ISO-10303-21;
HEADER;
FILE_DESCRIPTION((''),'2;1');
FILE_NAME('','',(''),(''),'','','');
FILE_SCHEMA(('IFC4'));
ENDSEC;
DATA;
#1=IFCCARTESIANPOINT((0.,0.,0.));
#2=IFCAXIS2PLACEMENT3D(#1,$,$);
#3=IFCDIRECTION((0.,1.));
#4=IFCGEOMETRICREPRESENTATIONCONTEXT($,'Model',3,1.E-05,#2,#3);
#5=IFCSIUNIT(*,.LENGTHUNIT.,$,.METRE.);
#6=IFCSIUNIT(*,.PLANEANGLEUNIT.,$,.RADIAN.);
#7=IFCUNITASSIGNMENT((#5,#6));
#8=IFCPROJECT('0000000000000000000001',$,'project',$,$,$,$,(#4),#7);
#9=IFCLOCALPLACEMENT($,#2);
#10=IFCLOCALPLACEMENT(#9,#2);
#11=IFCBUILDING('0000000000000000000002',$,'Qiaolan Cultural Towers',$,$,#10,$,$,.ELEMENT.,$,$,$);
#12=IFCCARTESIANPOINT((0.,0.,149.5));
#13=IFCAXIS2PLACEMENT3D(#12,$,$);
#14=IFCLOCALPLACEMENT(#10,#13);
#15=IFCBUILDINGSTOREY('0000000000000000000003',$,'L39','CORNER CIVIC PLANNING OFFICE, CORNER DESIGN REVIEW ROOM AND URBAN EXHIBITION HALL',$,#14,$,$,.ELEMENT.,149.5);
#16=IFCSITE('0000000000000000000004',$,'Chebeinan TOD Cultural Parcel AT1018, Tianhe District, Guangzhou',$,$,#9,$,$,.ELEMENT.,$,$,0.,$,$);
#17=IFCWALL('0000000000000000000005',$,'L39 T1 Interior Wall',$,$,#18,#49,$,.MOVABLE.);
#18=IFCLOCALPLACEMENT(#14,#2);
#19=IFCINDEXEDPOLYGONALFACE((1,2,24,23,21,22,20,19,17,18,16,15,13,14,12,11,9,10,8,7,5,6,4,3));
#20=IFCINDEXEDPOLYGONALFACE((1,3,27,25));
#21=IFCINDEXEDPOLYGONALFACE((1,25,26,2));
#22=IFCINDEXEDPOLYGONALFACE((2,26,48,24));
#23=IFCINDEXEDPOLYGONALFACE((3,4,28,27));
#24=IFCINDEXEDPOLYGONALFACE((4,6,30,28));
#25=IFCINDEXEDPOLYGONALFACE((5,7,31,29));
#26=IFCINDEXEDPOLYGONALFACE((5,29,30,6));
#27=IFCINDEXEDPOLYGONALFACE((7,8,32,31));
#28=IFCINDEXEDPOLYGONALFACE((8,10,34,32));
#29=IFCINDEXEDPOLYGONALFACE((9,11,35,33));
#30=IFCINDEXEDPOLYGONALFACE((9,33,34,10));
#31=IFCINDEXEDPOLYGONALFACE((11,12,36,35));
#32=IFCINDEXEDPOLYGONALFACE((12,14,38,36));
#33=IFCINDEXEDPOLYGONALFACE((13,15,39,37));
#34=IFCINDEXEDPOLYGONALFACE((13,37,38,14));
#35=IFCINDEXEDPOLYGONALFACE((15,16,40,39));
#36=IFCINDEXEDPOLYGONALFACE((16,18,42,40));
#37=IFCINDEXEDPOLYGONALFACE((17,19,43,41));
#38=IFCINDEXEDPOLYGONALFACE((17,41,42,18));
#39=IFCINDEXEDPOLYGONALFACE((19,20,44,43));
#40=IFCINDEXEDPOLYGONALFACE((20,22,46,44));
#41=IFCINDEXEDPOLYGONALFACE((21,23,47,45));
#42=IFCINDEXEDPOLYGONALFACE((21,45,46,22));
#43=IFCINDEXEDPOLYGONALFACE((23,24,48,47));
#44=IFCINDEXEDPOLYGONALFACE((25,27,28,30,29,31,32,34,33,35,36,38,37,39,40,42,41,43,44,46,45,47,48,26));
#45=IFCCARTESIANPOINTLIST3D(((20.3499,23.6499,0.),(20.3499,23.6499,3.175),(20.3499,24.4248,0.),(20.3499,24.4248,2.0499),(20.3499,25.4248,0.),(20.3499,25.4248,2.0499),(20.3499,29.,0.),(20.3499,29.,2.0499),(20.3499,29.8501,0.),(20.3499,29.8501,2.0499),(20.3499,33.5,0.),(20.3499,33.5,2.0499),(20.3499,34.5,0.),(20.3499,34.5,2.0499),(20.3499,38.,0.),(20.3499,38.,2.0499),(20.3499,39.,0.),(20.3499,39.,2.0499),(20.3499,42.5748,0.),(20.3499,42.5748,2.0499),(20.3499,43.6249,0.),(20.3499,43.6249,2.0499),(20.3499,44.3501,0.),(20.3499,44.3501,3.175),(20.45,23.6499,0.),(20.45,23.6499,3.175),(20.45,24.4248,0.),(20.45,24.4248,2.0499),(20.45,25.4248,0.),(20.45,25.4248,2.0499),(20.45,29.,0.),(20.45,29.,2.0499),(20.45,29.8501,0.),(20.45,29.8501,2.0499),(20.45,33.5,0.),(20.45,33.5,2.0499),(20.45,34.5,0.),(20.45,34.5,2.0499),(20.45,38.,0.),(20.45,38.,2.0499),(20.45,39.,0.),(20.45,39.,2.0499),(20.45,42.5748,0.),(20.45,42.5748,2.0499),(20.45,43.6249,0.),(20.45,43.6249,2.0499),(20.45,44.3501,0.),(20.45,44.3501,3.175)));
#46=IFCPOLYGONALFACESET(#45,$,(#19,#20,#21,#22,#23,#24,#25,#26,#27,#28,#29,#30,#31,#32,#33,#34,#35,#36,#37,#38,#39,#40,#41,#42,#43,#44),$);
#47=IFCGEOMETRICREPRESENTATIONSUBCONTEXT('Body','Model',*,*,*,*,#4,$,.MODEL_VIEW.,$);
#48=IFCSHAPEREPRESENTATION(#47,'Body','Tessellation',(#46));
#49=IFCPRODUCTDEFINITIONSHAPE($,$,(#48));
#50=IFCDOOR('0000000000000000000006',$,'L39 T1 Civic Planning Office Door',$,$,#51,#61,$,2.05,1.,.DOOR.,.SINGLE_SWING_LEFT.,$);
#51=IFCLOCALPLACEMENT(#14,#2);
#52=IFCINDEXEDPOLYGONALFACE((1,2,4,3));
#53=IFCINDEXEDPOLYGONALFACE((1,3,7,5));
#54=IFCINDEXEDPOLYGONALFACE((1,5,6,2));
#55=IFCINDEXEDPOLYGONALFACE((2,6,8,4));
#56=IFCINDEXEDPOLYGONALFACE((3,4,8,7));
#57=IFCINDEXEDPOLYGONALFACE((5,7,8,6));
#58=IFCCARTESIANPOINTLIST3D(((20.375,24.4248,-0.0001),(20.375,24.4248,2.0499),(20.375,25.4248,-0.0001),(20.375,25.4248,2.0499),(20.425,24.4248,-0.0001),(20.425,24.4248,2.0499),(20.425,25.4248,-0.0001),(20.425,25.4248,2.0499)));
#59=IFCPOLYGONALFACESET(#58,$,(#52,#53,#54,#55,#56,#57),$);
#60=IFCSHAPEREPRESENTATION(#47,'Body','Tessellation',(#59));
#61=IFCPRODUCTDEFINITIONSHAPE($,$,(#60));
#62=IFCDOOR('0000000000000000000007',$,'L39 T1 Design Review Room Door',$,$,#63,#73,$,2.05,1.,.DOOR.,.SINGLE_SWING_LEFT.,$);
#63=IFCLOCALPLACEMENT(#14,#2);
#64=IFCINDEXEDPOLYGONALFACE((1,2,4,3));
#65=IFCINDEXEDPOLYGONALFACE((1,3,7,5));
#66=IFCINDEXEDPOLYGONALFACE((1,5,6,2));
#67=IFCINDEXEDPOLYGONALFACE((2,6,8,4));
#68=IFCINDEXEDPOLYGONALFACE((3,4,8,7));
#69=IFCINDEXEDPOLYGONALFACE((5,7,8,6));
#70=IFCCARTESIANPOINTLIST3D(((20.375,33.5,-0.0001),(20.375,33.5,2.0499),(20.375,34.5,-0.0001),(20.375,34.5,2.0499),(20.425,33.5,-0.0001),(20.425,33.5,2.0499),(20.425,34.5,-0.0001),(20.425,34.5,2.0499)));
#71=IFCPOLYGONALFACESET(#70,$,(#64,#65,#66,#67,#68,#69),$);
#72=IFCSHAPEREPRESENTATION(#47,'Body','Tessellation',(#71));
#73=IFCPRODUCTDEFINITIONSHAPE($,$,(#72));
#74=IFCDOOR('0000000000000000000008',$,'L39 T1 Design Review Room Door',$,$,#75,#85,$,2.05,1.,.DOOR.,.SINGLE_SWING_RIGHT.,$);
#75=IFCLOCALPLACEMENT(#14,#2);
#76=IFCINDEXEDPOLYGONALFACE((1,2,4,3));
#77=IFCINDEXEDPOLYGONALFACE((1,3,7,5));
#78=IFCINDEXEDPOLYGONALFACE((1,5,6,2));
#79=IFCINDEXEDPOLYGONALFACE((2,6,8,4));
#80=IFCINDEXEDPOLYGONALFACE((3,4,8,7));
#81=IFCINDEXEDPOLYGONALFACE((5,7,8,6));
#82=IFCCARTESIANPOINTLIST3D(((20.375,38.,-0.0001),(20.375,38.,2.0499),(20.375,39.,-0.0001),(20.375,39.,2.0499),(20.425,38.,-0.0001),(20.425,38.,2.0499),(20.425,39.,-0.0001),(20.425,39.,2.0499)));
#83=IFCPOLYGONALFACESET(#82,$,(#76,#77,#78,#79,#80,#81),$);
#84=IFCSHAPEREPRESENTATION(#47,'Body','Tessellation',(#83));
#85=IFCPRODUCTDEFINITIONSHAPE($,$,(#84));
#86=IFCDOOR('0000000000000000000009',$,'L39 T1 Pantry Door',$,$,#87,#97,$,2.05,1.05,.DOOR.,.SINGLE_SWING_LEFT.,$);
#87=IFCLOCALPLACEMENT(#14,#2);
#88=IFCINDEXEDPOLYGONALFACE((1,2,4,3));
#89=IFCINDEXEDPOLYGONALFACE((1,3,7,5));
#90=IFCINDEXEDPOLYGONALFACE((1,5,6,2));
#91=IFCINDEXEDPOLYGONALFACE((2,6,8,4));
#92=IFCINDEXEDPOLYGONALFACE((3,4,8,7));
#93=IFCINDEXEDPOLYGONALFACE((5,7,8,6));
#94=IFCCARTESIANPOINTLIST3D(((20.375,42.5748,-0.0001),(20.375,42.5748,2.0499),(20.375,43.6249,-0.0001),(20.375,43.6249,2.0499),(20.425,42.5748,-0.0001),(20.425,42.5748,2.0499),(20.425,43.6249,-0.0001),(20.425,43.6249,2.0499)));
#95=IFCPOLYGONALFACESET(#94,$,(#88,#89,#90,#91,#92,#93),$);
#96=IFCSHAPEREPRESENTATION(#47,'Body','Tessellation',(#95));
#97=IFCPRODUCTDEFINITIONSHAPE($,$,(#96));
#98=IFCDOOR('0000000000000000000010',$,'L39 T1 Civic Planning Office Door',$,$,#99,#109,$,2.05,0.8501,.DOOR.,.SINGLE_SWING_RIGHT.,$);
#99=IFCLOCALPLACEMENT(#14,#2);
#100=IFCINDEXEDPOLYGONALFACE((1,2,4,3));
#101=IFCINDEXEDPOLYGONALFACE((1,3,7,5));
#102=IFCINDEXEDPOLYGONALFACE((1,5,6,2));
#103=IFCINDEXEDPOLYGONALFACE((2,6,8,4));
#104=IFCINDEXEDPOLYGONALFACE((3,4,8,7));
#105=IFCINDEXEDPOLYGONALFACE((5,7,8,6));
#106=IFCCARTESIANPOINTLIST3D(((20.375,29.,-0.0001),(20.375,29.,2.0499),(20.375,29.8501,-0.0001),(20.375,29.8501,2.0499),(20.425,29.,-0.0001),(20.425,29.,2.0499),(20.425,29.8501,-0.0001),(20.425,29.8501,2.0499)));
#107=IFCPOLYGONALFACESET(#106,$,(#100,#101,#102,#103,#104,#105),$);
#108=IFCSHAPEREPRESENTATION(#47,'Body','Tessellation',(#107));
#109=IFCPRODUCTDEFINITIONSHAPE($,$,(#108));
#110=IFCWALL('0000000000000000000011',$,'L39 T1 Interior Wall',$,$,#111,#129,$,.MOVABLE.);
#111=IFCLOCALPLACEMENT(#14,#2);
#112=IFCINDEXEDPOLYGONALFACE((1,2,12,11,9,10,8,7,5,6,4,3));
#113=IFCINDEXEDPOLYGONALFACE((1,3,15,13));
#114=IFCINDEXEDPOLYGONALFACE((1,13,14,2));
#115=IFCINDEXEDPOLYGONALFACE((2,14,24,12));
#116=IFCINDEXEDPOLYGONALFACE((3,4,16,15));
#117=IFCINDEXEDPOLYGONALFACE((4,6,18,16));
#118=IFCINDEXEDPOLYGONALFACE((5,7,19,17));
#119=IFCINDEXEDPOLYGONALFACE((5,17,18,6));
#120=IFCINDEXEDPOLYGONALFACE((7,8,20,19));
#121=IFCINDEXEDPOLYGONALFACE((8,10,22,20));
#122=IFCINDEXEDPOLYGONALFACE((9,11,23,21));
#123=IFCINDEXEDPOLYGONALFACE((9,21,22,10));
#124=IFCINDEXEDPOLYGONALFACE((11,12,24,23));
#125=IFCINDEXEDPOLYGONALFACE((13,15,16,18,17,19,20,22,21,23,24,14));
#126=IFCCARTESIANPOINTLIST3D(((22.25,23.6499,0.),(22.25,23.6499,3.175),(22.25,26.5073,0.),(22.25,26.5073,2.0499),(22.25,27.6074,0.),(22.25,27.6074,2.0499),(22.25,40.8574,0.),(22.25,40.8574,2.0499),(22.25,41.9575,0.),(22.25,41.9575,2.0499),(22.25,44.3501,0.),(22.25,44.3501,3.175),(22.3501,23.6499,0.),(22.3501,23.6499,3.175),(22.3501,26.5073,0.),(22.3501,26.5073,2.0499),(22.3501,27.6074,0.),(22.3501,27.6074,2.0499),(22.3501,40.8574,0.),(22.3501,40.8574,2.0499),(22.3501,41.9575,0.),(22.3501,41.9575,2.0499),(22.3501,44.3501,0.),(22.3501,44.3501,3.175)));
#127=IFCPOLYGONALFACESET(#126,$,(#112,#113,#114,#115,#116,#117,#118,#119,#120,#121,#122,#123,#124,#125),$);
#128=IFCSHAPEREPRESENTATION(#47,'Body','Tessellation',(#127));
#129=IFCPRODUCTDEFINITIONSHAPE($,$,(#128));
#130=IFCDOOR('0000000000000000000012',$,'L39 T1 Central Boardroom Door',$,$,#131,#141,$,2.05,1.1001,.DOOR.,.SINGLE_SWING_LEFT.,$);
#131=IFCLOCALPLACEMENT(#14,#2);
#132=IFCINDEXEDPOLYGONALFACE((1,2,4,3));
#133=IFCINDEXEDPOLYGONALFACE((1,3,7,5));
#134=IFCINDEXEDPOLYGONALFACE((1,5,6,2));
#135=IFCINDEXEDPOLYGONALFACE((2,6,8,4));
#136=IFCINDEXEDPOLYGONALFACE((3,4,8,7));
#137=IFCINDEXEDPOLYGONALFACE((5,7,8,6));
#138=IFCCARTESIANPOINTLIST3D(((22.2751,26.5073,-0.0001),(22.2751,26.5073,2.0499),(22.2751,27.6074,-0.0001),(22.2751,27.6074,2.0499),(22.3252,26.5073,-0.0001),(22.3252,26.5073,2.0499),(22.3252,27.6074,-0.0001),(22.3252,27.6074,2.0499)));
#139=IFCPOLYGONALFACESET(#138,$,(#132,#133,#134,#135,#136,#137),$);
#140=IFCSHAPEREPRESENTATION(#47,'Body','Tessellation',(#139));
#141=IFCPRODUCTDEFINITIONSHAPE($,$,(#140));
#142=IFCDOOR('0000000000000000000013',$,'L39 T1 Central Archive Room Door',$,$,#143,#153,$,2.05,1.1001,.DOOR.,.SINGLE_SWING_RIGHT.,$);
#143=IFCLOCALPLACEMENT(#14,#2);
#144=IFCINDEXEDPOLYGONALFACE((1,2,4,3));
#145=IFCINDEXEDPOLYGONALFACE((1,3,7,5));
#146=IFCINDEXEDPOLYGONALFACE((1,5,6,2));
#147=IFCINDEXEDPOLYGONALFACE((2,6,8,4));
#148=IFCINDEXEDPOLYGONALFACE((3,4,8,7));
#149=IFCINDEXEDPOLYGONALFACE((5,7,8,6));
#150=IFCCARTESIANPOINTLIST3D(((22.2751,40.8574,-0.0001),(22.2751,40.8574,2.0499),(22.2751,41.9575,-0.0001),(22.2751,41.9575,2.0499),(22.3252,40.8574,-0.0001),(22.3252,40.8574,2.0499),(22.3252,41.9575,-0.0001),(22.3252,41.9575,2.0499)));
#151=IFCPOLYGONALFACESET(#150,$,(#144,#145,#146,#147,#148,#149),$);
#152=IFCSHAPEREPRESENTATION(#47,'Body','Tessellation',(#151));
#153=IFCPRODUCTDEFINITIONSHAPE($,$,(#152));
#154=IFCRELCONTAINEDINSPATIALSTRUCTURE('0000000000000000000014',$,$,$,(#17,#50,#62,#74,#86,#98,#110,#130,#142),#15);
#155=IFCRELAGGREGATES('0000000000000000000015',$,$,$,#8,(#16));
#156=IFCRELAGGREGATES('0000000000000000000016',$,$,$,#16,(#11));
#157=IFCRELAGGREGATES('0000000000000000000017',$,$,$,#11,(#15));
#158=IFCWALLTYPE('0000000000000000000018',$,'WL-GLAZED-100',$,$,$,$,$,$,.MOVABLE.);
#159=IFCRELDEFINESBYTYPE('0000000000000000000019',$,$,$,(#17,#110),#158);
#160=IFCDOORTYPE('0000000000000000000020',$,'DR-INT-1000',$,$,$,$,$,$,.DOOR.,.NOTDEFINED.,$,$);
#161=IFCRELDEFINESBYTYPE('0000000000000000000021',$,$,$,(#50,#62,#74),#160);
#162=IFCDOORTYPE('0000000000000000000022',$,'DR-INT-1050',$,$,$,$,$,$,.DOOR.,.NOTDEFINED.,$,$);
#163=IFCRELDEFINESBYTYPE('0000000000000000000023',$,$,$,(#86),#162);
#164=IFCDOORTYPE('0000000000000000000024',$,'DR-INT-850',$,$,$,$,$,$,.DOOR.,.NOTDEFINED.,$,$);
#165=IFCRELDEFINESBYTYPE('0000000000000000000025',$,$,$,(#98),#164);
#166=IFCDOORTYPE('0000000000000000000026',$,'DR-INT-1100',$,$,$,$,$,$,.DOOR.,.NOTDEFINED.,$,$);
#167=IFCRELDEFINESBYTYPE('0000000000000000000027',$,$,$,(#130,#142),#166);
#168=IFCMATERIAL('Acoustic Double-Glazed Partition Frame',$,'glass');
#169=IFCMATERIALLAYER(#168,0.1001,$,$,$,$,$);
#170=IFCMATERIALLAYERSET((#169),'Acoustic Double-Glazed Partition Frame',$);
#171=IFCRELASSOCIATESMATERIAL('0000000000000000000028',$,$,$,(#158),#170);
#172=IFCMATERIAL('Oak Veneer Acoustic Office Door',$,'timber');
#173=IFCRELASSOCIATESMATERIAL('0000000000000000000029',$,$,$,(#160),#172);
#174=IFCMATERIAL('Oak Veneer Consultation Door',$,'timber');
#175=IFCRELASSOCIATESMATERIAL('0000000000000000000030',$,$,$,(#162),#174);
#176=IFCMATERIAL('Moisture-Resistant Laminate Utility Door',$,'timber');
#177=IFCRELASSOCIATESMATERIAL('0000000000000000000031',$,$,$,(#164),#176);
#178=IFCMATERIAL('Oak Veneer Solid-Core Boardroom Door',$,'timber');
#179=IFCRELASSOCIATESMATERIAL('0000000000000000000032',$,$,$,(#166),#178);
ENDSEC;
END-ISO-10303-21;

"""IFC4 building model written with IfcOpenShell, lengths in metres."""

from ifc_helpers import new_model, si_unit, direction, frame, frame_2d, origin, place, context, subcontext, project, spatial, rectangle, extrude, material, layer, layer_set, type_object, element, fill, save


model = new_model("IFC4")

# Units and contexts
model_context = context("Model", 3, precision=1e-05, world=origin(), true_north=direction((0.0, 1.0)))
body_context = subcontext(model_context, "Body", "Model", "MODEL_VIEW")
ifc_project = project(units=[si_unit("LENGTHUNIT", "METRE"), si_unit("PLANEANGLEUNIT", "RADIAN")], contexts=[model_context])

# Site, building, storey
site_placement = place(None, origin())
site = spatial("IfcSite", under=ifc_project, at=site_placement, Name="Chebeinan TOD Cultural Parcel AT1018, Tianhe District, Guangzhou", CompositionType="ELEMENT", RefElevation=0.0)
building_placement = place(site_placement, origin())
building = spatial("IfcBuilding", under=site, at=building_placement, Name="Qiaolan Cultural Towers", CompositionType="ELEMENT")
storey_placement = place(building_placement, frame((0.0, 0.0, 149.5)))
storey = spatial("IfcBuildingStorey", under=building, at=storey_placement, Name="L39", Description="CORNER CIVIC PLANNING OFFICE, CORNER DESIGN REVIEW ROOM AND URBAN EXHIBITION HALL", CompositionType="ELEMENT", Elevation=149.5)

# Shared definitions
ifc_material_1 = material(Name="Acoustic Double-Glazed Partition Frame", Category="glass")
ifc_layer_1 = layer(ifc_material_1, 0.1001)
ifc_layer_set_1 = layer_set([ifc_layer_1], Name="Acoustic Double-Glazed Partition Frame")
wall_type_1 = type_object("IfcWallType", Name="WL-GLAZED-100", PredefinedType="MOVABLE", material=ifc_layer_set_1)

# Walls, openings, doors
wall_1_placement = place(storey_placement, frame((20.3999, 23.6499, 0.0), z_axis=(0.0, 0.0, 1.0), x_axis=(0.0, 1.0, 0.0)))
wall_1 = element("IfcWall", 1, at=wall_1_placement, inside=storey, type_object=wall_type_1, Name="L39 T1 Interior Wall", PredefinedType="MOVABLE", context=body_context, shape_type="SweptSolid", body=[
    extrude(rectangle(XDim=20.7002, YDim=0.1001, at=frame_2d((10.3501, 0.0))), origin(), (0.0, 0.0, 1.0), 3.175),
])
opening_1_placement = place(wall_1_placement, frame((0.7749, 0.0, 0.0)))
opening_1 = element("IfcOpeningElement", 2, at=opening_1_placement, cuts=wall_1, PredefinedType="OPENING", context=body_context, shape_type="SweptSolid", body=[
    extrude(rectangle(XDim=1.0, YDim=2.05, at=frame_2d((0.5, 1.0249))), frame((0.0, 0.0601, 0.0), z_axis=(0.0, -1.0, 0.0), x_axis=(1.0, 0.0, 0.0)), (0.0, 0.0, 1.0), 0.1201),
])
opening_2_placement = place(wall_1_placement, frame((5.3501, 0.0, 0.0)))
opening_2 = element("IfcOpeningElement", 3, at=opening_2_placement, cuts=wall_1, PredefinedType="OPENING", context=body_context, shape_type="SweptSolid", body=[
    extrude(rectangle(XDim=0.8501, YDim=2.05, at=frame_2d((0.425, 1.0249))), frame((0.0, 0.0601, 0.0), z_axis=(0.0, -1.0, 0.0), x_axis=(1.0, 0.0, 0.0)), (0.0, 0.0, 1.0), 0.1201),
])
opening_3_placement = place(wall_1_placement, frame((9.8501, 0.0, 0.0)))
opening_3 = element("IfcOpeningElement", 4, at=opening_3_placement, cuts=wall_1, PredefinedType="OPENING", context=body_context, shape_type="SweptSolid", body=[
    extrude(rectangle(XDim=1.0, YDim=2.05, at=frame_2d((0.5, 1.0249))), frame((0.0, 0.0601, 0.0), z_axis=(0.0, -1.0, 0.0), x_axis=(1.0, 0.0, 0.0)), (0.0, 0.0, 1.0), 0.1201),
])
opening_4_placement = place(wall_1_placement, frame((14.3501, 0.0, 0.0)))
opening_4 = element("IfcOpeningElement", 5, at=opening_4_placement, cuts=wall_1, PredefinedType="OPENING", context=body_context, shape_type="SweptSolid", body=[
    extrude(rectangle(XDim=1.0, YDim=2.05, at=frame_2d((0.5, 1.0249))), frame((0.0, 0.0601, 0.0), z_axis=(0.0, -1.0, 0.0), x_axis=(1.0, 0.0, 0.0)), (0.0, 0.0, 1.0), 0.1201),
])
opening_5_placement = place(wall_1_placement, frame((18.925, 0.0, 0.0)))
opening_5 = element("IfcOpeningElement", 6, at=opening_5_placement, cuts=wall_1, PredefinedType="OPENING", context=body_context, shape_type="SweptSolid", body=[
    extrude(rectangle(XDim=1.05, YDim=2.05, at=frame_2d((0.5249, 1.0249))), frame((0.0, 0.0601, 0.0), z_axis=(0.0, -1.0, 0.0), x_axis=(1.0, 0.0, 0.0)), (0.0, 0.0, 1.0), 0.1201),
])
ifc_material_2 = material(Name="Oak Veneer Acoustic Office Door", Category="timber")
door_type_1 = type_object("IfcDoorType", Name="DR-INT-1000", OperationType="NOTDEFINED", PredefinedType="DOOR", material=ifc_material_2)
door_1_placement = place(opening_1_placement, origin())
door_1 = element("IfcDoor", 7, at=door_1_placement, inside=storey, type_object=door_type_1, Name="L39 T1 Civic Planning Office Door", OperationType="SINGLE_SWING_LEFT", OverallHeight=2.05, OverallWidth=1.0, PredefinedType="DOOR", context=body_context, shape_type="SweptSolid", body=[
    extrude(rectangle(XDim=1.0, YDim=2.05, at=frame_2d((0.5, 1.0249))), frame((0.0, 0.0249, 0.0), z_axis=(0.0, -1.0, 0.0), x_axis=(1.0, 0.0, 0.0)), (0.0, 0.0, 1.0), 0.05),
])
fill(opening_1, door_1)
door_2_placement = place(opening_3_placement, origin())
door_2 = element("IfcDoor", 8, at=door_2_placement, inside=storey, type_object=door_type_1, Name="L39 T1 Design Review Room Door", OperationType="SINGLE_SWING_LEFT", OverallHeight=2.05, OverallWidth=1.0, PredefinedType="DOOR", context=body_context, shape_type="SweptSolid", body=[
    extrude(rectangle(XDim=1.0, YDim=2.05, at=frame_2d((0.5, 1.0249))), frame((0.0, 0.0249, 0.0), z_axis=(0.0, -1.0, 0.0), x_axis=(1.0, 0.0, 0.0)), (0.0, 0.0, 1.0), 0.05),
])
fill(opening_3, door_2)
door_3_placement = place(opening_4_placement, origin())
door_3 = element("IfcDoor", 9, at=door_3_placement, inside=storey, type_object=door_type_1, Name="L39 T1 Design Review Room Door", OperationType="SINGLE_SWING_RIGHT", OverallHeight=2.05, OverallWidth=1.0, PredefinedType="DOOR", context=body_context, shape_type="SweptSolid", body=[
    extrude(rectangle(XDim=1.0, YDim=2.05, at=frame_2d((0.5, 1.0249))), frame((0.0, 0.0249, 0.0), z_axis=(0.0, -1.0, 0.0), x_axis=(1.0, 0.0, 0.0)), (0.0, 0.0, 1.0), 0.05),
])
fill(opening_4, door_3)
ifc_material_3 = material(Name="Oak Veneer Consultation Door", Category="timber")
door_type_2 = type_object("IfcDoorType", Name="DR-INT-1050", OperationType="NOTDEFINED", PredefinedType="DOOR", material=ifc_material_3)
door_4_placement = place(opening_5_placement, origin())
door_4 = element("IfcDoor", 10, at=door_4_placement, inside=storey, type_object=door_type_2, Name="L39 T1 Pantry Door", OperationType="SINGLE_SWING_LEFT", OverallHeight=2.05, OverallWidth=1.05, PredefinedType="DOOR", context=body_context, shape_type="SweptSolid", body=[
    extrude(rectangle(XDim=1.05, YDim=2.05, at=frame_2d((0.5249, 1.0249))), frame((0.0, 0.0249, 0.0), z_axis=(0.0, -1.0, 0.0), x_axis=(1.0, 0.0, 0.0)), (0.0, 0.0, 1.0), 0.05),
])
fill(opening_5, door_4)
ifc_material_4 = material(Name="Moisture-Resistant Laminate Utility Door", Category="timber")
door_type_3 = type_object("IfcDoorType", Name="DR-INT-850", OperationType="NOTDEFINED", PredefinedType="DOOR", material=ifc_material_4)
door_5_placement = place(opening_2_placement, origin())
door_5 = element("IfcDoor", 11, at=door_5_placement, inside=storey, type_object=door_type_3, Name="L39 T1 Civic Planning Office Door", OperationType="SINGLE_SWING_RIGHT", OverallHeight=2.05, OverallWidth=0.8501, PredefinedType="DOOR", context=body_context, shape_type="SweptSolid", body=[
    extrude(rectangle(XDim=0.8501, YDim=2.05, at=frame_2d((0.425, 1.0249))), frame((0.0, 0.0249, 0.0), z_axis=(0.0, -1.0, 0.0), x_axis=(1.0, 0.0, 0.0)), (0.0, 0.0, 1.0), 0.05),
])
fill(opening_2, door_5)
wall_2_placement = place(storey_placement, frame((22.3, 23.6499, 0.0), z_axis=(0.0, 0.0, 1.0), x_axis=(0.0, 1.0, 0.0)))
wall_2 = element("IfcWall", 12, at=wall_2_placement, inside=storey, type_object=wall_type_1, Name="L39 T1 Interior Wall", PredefinedType="MOVABLE", context=body_context, shape_type="SweptSolid", body=[
    extrude(rectangle(XDim=20.7002, YDim=0.1001, at=frame_2d((10.3501, 0.0))), origin(), (0.0, 0.0, 1.0), 3.175),
])
opening_6_placement = place(wall_2_placement, frame((2.8574, 0.0, 0.0)))
opening_6 = element("IfcOpeningElement", 13, at=opening_6_placement, cuts=wall_2, PredefinedType="OPENING", context=body_context, shape_type="SweptSolid", body=[
    extrude(rectangle(XDim=1.1001, YDim=2.05, at=frame_2d((0.55, 1.0249))), frame((0.0, 0.0601, 0.0), z_axis=(0.0, -1.0, 0.0), x_axis=(1.0, 0.0, 0.0)), (0.0, 0.0, 1.0), 0.1201),
])
opening_7_placement = place(wall_2_placement, frame((17.2075, 0.0, 0.0)))
opening_7 = element("IfcOpeningElement", 14, at=opening_7_placement, cuts=wall_2, PredefinedType="OPENING", context=body_context, shape_type="SweptSolid", body=[
    extrude(rectangle(XDim=1.1001, YDim=2.05, at=frame_2d((0.55, 1.0249))), frame((0.0, 0.0601, 0.0), z_axis=(0.0, -1.0, 0.0), x_axis=(1.0, 0.0, 0.0)), (0.0, 0.0, 1.0), 0.1201),
])
ifc_material_5 = material(Name="Oak Veneer Solid-Core Boardroom Door", Category="timber")
door_type_4 = type_object("IfcDoorType", Name="DR-INT-1100", OperationType="NOTDEFINED", PredefinedType="DOOR", material=ifc_material_5)
door_6_placement = place(opening_6_placement, origin())
door_6 = element("IfcDoor", 15, at=door_6_placement, inside=storey, type_object=door_type_4, Name="L39 T1 Central Boardroom Door", OperationType="SINGLE_SWING_LEFT", OverallHeight=2.05, OverallWidth=1.1001, PredefinedType="DOOR", context=body_context, shape_type="SweptSolid", body=[
    extrude(rectangle(XDim=1.1001, YDim=2.05, at=frame_2d((0.55, 1.0249))), frame((0.0, 0.0249, 0.0), z_axis=(0.0, -1.0, 0.0), x_axis=(1.0, 0.0, 0.0)), (0.0, 0.0, 1.0), 0.05),
])
fill(opening_6, door_6)
door_7_placement = place(opening_7_placement, origin())
door_7 = element("IfcDoor", 16, at=door_7_placement, inside=storey, type_object=door_type_4, Name="L39 T1 Central Archive Room Door", OperationType="SINGLE_SWING_RIGHT", OverallHeight=2.05, OverallWidth=1.1001, PredefinedType="DOOR", context=body_context, shape_type="SweptSolid", body=[
    extrude(rectangle(XDim=1.1001, YDim=2.05, at=frame_2d((0.55, 1.0249))), frame((0.0, 0.0249, 0.0), z_axis=(0.0, -1.0, 0.0), x_axis=(1.0, 0.0, 0.0)), (0.0, 0.0, 1.0), 0.05),
])
fill(opening_7, door_7)

save(model, "model.ifc")
